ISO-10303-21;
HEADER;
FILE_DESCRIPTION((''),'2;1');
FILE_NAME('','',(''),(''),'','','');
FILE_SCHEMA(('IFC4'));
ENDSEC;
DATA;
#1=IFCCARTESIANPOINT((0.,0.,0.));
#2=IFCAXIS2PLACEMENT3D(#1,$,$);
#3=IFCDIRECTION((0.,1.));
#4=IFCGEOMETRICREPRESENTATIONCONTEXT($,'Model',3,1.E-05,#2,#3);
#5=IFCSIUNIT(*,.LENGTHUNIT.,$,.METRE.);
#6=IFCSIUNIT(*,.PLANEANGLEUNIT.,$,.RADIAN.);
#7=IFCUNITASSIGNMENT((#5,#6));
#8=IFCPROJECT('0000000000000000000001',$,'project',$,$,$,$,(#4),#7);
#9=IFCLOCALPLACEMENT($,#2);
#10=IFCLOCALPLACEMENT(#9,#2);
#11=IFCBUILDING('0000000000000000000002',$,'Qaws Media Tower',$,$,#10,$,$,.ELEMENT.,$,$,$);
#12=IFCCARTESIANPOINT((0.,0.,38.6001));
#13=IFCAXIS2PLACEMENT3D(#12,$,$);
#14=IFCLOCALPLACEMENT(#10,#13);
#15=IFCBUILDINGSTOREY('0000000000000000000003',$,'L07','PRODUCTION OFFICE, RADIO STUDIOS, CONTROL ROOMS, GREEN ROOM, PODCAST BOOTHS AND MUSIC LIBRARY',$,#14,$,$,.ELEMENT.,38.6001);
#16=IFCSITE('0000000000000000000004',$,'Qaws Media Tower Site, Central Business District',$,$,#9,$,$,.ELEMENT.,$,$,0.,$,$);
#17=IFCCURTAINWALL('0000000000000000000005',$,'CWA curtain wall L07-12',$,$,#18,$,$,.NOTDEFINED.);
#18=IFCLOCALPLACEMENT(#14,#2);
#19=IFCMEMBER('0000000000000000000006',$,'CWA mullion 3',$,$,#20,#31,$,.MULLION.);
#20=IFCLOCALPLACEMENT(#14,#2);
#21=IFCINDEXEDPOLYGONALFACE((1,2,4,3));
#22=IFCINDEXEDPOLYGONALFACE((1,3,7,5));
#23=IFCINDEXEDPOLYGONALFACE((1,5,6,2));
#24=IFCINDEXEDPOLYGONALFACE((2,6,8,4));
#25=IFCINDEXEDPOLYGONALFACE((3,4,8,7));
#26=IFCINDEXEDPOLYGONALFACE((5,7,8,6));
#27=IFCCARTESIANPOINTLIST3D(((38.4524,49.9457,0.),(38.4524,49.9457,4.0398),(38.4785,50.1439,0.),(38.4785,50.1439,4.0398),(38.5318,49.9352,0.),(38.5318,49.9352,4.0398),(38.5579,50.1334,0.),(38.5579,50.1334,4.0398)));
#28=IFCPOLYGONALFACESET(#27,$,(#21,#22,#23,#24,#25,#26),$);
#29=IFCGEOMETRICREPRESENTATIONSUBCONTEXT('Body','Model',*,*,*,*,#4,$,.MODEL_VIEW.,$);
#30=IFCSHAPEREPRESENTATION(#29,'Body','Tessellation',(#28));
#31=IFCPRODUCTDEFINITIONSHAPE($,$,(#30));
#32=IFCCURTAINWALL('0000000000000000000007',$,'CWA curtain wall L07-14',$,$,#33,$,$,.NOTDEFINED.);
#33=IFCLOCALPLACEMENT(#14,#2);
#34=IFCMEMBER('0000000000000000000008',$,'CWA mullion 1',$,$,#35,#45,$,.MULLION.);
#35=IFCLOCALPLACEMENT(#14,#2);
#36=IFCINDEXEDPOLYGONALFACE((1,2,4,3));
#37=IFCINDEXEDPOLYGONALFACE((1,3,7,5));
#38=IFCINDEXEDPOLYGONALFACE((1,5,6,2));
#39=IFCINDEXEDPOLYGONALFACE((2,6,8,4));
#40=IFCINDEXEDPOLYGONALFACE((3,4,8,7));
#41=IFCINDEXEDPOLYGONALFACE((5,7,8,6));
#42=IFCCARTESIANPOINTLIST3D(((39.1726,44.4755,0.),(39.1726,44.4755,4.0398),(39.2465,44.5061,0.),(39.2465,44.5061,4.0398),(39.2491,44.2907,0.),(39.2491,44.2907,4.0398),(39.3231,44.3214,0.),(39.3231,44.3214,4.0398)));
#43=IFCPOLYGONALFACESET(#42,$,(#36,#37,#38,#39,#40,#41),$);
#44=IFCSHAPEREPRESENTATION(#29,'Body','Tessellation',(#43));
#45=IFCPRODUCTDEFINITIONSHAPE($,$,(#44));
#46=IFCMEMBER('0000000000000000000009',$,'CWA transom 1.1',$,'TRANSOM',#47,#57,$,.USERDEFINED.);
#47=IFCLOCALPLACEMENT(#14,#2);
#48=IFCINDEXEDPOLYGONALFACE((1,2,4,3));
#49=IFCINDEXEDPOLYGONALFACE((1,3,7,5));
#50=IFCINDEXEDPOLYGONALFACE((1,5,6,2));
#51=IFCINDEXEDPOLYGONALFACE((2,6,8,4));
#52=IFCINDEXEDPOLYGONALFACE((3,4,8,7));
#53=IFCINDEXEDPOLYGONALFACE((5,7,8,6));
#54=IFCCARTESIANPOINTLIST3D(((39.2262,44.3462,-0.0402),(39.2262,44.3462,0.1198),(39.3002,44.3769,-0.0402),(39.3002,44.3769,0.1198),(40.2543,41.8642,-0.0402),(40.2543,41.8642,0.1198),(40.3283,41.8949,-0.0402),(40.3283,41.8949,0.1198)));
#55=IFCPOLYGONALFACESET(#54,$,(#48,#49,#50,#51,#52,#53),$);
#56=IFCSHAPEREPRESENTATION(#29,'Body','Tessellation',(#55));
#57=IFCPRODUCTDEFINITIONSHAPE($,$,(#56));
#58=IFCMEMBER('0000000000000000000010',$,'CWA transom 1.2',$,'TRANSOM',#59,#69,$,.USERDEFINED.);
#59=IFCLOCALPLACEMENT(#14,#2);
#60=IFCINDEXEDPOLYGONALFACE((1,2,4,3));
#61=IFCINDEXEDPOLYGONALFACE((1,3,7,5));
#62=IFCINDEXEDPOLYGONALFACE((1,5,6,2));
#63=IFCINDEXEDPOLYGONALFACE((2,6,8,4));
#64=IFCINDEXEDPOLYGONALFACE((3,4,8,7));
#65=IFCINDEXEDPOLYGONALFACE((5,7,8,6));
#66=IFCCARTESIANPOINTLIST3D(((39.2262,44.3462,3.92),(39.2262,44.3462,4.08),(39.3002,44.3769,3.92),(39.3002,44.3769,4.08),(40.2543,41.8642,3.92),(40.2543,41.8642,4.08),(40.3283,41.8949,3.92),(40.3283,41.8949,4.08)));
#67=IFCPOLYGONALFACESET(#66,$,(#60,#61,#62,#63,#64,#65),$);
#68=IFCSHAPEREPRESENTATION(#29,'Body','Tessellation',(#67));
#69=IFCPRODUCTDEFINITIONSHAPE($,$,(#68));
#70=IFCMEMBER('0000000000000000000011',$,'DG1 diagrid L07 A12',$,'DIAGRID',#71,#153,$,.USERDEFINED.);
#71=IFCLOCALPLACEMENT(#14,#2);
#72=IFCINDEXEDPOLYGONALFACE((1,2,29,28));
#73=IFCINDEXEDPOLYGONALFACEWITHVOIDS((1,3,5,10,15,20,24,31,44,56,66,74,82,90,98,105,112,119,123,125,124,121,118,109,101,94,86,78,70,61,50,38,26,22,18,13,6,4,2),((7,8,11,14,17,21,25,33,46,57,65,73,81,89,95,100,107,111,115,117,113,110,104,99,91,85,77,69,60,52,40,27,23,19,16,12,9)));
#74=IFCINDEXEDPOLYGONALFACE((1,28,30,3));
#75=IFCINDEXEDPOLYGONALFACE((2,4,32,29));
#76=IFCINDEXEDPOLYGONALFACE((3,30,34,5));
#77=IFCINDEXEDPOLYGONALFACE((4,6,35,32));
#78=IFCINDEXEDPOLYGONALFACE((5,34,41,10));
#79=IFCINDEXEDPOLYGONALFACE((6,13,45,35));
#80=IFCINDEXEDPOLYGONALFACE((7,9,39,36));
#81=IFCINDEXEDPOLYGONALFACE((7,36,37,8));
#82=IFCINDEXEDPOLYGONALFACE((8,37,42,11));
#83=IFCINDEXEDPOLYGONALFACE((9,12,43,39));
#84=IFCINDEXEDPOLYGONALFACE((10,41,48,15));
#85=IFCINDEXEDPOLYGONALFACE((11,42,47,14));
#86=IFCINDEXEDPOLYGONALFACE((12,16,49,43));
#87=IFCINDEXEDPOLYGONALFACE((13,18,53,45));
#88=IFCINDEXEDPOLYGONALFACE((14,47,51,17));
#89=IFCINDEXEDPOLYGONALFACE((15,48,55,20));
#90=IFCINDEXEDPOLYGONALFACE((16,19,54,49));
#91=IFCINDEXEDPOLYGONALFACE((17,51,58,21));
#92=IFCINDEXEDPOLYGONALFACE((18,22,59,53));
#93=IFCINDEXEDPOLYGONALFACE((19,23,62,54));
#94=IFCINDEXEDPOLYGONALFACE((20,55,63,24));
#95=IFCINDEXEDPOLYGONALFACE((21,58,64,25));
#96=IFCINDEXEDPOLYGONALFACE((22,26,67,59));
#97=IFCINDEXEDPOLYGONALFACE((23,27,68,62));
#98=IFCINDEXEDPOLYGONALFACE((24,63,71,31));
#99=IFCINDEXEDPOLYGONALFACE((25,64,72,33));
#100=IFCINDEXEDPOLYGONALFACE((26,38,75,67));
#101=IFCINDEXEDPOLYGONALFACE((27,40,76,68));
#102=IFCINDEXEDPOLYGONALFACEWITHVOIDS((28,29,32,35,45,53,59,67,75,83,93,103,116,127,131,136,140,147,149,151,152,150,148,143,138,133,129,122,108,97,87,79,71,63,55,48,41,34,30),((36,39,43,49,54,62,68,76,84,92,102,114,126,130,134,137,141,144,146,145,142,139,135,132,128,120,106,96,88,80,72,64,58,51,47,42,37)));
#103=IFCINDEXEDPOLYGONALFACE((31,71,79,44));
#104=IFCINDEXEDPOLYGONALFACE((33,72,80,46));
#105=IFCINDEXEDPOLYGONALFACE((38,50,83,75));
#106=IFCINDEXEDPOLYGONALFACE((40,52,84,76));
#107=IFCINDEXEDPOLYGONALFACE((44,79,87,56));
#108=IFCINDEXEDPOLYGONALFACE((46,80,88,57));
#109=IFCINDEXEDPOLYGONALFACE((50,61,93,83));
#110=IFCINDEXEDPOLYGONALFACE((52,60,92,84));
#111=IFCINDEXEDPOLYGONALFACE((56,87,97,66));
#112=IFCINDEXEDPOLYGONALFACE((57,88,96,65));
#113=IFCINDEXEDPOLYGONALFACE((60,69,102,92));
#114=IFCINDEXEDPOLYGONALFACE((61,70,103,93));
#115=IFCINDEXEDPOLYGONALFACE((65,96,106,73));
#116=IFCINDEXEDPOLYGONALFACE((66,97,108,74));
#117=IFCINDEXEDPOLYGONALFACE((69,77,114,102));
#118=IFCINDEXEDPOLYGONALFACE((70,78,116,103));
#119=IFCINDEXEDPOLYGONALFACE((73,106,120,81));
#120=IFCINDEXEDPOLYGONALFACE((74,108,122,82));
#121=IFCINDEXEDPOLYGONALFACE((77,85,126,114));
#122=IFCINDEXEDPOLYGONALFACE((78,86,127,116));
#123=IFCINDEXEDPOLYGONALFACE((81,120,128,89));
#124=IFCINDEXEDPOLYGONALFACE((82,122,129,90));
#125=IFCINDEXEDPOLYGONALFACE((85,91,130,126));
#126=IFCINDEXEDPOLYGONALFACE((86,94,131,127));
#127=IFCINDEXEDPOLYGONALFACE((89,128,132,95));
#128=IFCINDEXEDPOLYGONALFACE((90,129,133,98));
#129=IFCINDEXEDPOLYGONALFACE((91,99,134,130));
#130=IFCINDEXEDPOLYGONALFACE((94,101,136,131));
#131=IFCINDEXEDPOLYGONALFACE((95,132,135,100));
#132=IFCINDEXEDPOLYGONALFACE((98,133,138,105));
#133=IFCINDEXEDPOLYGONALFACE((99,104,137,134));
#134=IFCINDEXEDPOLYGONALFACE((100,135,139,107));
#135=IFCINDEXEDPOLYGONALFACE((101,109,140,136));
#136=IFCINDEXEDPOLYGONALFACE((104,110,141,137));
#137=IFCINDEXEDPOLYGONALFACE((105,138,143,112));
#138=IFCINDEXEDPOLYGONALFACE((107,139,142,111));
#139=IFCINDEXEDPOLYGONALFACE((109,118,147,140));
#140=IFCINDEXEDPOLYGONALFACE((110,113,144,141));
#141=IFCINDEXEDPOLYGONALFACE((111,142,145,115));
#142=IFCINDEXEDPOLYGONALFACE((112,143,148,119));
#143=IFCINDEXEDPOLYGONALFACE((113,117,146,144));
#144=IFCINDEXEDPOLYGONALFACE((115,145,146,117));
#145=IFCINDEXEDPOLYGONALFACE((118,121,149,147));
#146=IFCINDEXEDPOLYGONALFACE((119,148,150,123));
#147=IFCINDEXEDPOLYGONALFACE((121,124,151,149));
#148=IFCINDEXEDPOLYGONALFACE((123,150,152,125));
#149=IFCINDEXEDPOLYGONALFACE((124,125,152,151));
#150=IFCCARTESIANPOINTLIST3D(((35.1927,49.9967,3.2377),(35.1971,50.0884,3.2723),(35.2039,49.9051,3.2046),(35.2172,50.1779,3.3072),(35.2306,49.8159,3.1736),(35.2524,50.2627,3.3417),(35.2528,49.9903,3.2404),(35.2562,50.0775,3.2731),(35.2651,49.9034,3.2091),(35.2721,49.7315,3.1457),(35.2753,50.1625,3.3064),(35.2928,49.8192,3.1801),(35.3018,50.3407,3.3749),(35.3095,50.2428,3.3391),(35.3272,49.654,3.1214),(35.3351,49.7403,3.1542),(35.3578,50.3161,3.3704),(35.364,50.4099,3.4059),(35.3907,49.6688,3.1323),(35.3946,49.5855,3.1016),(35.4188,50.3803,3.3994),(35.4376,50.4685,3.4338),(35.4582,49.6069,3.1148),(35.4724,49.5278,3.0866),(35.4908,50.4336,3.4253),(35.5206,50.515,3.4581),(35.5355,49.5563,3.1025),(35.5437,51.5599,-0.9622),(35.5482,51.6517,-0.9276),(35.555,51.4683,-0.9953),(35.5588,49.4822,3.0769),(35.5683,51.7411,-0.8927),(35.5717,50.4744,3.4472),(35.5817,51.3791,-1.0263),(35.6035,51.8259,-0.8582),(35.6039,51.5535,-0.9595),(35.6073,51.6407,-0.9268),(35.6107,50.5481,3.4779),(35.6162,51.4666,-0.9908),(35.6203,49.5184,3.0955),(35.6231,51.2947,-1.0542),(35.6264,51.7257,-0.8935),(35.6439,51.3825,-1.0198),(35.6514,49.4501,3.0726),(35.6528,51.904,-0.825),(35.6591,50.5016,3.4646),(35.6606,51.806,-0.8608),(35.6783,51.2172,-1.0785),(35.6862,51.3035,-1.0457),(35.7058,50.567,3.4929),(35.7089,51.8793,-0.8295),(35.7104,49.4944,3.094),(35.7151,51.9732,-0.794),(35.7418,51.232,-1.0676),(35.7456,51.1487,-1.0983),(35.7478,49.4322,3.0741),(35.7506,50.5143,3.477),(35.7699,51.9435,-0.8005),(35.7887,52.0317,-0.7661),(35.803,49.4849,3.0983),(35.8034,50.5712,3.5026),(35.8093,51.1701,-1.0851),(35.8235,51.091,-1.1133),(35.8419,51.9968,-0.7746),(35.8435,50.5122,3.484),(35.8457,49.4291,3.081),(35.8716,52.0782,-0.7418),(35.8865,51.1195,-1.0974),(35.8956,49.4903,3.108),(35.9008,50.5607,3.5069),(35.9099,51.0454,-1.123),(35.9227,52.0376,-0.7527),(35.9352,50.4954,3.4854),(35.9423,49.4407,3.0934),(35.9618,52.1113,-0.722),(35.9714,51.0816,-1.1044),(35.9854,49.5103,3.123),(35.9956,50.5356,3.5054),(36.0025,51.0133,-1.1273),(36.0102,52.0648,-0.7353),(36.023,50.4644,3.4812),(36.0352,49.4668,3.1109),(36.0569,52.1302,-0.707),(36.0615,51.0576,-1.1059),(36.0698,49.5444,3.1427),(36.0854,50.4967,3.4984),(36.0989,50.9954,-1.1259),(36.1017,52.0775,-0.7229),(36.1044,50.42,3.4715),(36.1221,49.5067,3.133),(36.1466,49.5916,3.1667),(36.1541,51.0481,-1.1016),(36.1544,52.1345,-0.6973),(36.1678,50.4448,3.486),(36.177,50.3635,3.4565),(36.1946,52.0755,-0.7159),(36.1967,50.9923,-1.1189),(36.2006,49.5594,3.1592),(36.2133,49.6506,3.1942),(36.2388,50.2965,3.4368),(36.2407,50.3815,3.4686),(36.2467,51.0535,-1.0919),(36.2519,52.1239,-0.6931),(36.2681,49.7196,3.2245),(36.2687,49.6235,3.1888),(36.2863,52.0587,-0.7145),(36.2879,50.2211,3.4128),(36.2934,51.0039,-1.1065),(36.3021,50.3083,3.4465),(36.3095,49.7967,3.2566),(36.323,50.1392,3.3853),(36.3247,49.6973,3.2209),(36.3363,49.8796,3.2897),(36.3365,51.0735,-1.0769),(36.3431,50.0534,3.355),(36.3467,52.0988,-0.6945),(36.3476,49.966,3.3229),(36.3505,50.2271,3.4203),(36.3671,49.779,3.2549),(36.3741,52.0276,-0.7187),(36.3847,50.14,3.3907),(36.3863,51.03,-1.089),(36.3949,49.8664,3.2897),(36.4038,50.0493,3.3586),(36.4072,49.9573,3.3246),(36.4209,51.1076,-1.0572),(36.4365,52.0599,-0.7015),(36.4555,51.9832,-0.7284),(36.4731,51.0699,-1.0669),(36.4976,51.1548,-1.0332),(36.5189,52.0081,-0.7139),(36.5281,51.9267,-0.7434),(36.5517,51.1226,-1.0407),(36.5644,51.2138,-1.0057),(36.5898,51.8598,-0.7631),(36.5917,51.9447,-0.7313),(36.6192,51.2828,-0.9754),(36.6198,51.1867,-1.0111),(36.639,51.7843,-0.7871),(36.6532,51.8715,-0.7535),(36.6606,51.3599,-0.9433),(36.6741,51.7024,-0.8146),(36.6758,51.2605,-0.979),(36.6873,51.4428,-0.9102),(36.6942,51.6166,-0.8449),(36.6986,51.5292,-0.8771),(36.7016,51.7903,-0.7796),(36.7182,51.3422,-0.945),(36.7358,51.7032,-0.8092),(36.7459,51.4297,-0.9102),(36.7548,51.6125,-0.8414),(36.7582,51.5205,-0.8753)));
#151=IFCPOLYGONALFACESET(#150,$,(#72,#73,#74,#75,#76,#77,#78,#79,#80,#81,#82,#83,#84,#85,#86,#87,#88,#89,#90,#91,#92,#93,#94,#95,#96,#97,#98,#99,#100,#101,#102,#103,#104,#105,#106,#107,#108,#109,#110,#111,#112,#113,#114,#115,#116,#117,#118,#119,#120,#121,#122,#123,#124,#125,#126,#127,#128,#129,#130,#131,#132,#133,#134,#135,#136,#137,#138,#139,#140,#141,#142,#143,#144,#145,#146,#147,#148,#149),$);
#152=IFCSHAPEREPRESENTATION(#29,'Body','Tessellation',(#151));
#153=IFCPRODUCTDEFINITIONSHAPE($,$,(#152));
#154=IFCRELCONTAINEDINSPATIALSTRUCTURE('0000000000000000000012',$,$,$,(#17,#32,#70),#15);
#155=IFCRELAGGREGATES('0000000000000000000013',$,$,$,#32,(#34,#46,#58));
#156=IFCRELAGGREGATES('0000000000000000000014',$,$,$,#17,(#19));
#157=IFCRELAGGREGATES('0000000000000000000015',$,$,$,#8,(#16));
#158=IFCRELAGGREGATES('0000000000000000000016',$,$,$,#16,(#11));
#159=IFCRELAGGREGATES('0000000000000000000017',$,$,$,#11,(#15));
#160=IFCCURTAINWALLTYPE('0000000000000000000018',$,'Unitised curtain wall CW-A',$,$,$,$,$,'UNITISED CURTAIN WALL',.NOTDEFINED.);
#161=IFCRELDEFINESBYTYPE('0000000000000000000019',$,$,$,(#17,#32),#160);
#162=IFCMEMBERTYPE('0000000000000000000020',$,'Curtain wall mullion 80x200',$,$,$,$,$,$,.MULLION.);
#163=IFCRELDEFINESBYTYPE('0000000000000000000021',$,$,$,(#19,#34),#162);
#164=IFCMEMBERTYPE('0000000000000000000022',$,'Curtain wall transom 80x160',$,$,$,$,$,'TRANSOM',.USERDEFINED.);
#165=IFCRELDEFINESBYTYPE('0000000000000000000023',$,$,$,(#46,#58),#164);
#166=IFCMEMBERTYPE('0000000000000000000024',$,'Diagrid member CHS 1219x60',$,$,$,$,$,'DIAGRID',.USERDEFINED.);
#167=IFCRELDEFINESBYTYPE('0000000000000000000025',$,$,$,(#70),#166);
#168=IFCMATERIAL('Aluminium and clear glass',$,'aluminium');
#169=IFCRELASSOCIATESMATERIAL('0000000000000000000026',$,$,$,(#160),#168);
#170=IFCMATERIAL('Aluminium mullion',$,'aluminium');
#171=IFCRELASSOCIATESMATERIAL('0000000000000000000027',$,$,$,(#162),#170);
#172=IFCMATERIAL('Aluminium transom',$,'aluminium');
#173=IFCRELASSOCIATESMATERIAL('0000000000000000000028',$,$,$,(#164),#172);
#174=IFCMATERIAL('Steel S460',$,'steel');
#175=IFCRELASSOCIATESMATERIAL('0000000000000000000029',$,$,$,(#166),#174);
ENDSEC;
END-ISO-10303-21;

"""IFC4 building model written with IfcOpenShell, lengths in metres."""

from ifc_helpers import new_model, si_unit, direction, frame, origin, origin_2d, place, context, subcontext, project, spatial, rectangle, hollow_circle, extrude, material, material_profile, profile_set, type_object, element, aggregate, save


model = new_model("IFC4")

# Units and contexts
model_context = context("Model", 3, precision=1e-05, world=origin(), true_north=direction((0.0, 1.0)))
body_context = subcontext(model_context, "Body", "Model", "MODEL_VIEW")
ifc_project = project(units=[si_unit("LENGTHUNIT", "METRE"), si_unit("PLANEANGLEUNIT", "RADIAN")], contexts=[model_context])

# Site, building, storey
site_placement = place(None, origin())
site = spatial("IfcSite", under=ifc_project, at=site_placement, Name="Qaws Media Tower Site, Central Business District", CompositionType="ELEMENT", RefElevation=0.0)
building_placement = place(site_placement, origin())
building = spatial("IfcBuilding", under=site, at=building_placement, Name="Qaws Media Tower", CompositionType="ELEMENT")
storey_placement = place(building_placement, frame((0.0, 0.0, 38.6001)))
storey = spatial("IfcBuildingStorey", under=building, at=storey_placement, Name="L07", Description="PRODUCTION OFFICE, RADIO STUDIOS, CONTROL ROOMS, GREEN ROOM, PODCAST BOOTHS AND MUSIC LIBRARY", CompositionType="ELEMENT", Elevation=38.6001)

# Curtain wall, member
ifc_material_1 = material(Name="Aluminium and clear glass", Category="aluminium")
curtain_wall_type = type_object("IfcCurtainWallType", Name="Unitised curtain wall CW-A", ElementType="UNITISED CURTAIN WALL", PredefinedType="NOTDEFINED", material=ifc_material_1)
curtain_wall_1_placement = place(storey_placement, origin())
curtain_wall_1 = element("IfcCurtainWall", 1, at=curtain_wall_1_placement, inside=storey, type_object=curtain_wall_type, Name="CWA curtain wall L07-12", PredefinedType="NOTDEFINED")
ifc_material_2 = material(Name="Aluminium mullion", Category="aluminium")
ifc_material_profile_1 = material_profile(ifc_material_2, rectangle(XDim=0.0801, YDim=0.2, at=origin_2d()), Name="80x200")
ifc_profile_set_1 = profile_set([ifc_material_profile_1], Name="Aluminium mullion")
member_type_1 = type_object("IfcMemberType", Name="Curtain wall mullion 80x200", PredefinedType="MULLION", material=ifc_profile_set_1)
member_1_placement = place(storey_placement, frame((38.5051, 50.0396, 0.0), z_axis=(0.0, 0.0, 1.0), x_axis=(0.991445, -0.130526, 0.0)))
member_1 = element("IfcMember", 2, at=member_1_placement, type_object=member_type_1, Name="CWA mullion 3", PredefinedType="MULLION", context=body_context, shape_type="SweptSolid", body=[
    extrude(rectangle(XDim=0.0801, YDim=0.2, at=origin_2d()), origin(), (0.0, 0.0, 1.0), 4.0398),
])

# Curtain wall, members
curtain_wall_2_placement = place(storey_placement, origin())
curtain_wall_2 = element("IfcCurtainWall", 3, at=curtain_wall_2_placement, inside=storey, type_object=curtain_wall_type, Name="CWA curtain wall L07-14", PredefinedType="NOTDEFINED")
member_2_placement = place(storey_placement, frame((39.2478, 44.3984, 0.0), z_axis=(0.0, 0.0, 1.0), x_axis=(0.92388, 0.382683, 0.0)))
member_2 = element("IfcMember", 4, at=member_2_placement, type_object=member_type_1, Name="CWA mullion 1", PredefinedType="MULLION", context=body_context, shape_type="SweptSolid", body=[
    extrude(rectangle(XDim=0.0801, YDim=0.2, at=origin_2d()), origin(), (0.0, 0.0, 1.0), 4.0398),
])
ifc_material_3 = material(Name="Aluminium transom", Category="aluminium")
ifc_material_profile_2 = material_profile(ifc_material_3, rectangle(XDim=0.0801, YDim=0.1599, at=origin_2d()), Name="80x160")
ifc_profile_set_2 = profile_set([ifc_material_profile_2], Name="Aluminium transom")
member_type_2 = type_object("IfcMemberType", Name="Curtain wall transom 80x160", ElementType="TRANSOM", PredefinedType="USERDEFINED", material=ifc_profile_set_2)
member_3_placement = place(storey_placement, frame((39.2632, 44.3616, 0.0398), z_axis=(0.382692, -0.923876, 0.0), x_axis=(0.923876, 0.382692, 0.0)))
member_3 = element("IfcMember", 5, at=member_3_placement, type_object=member_type_2, Name="CWA transom 1.1", ObjectType="TRANSOM", PredefinedType="USERDEFINED", context=body_context, shape_type="SweptSolid", body=[
    extrude(rectangle(XDim=0.0801, YDim=0.1599, at=origin_2d()), origin(), (0.0, 0.0, 1.0), 2.6865),
])
member_4_placement = place(storey_placement, frame((39.2632, 44.3616, 4.0), z_axis=(0.382692, -0.923876, 0.0), x_axis=(0.923876, 0.382692, 0.0)))
member_4 = element("IfcMember", 6, at=member_4_placement, type_object=member_type_2, Name="CWA transom 1.2", ObjectType="TRANSOM", PredefinedType="USERDEFINED", context=body_context, shape_type="SweptSolid", body=[
    extrude(rectangle(XDim=0.0801, YDim=0.1599, at=origin_2d()), origin(), (0.0, 0.0, 1.0), 2.6865),
])
aggregate(curtain_wall_2, [member_2, member_3, member_4])

# Member
ifc_material_4 = material(Name="Steel S460", Category="steel")
ifc_material_profile_3 = material_profile(ifc_material_4, hollow_circle(Radius=0.6096, WallThickness=0.0601, at=origin_2d()), Name="CHS 1219x60")
ifc_profile_set_3 = profile_set([ifc_material_profile_3], Name="Steel S460")
member_type_3 = type_object("IfcMemberType", Name="Diagrid member CHS 1219x60", ElementType="DIAGRID", PredefinedType="USERDEFINED", material=ifc_profile_set_3)
for number, where, z_axis, x_axis, name in (
    (7, (36.1511, 51.5632, -0.9102), (-0.0781, -0.347758, 0.934326), (0.975697, -0.219124, 0.0), "DG1 diagrid L07 A12"),
):
    element("IfcMember", number, at=place(storey_placement, frame(where, z_axis=z_axis, x_axis=x_axis)), inside=storey, type_object=member_type_3, Name=name, ObjectType="DIAGRID", PredefinedType="USERDEFINED", context=body_context, shape_type="SweptSolid", body=[
        extrude(hollow_circle(Radius=0.6096, WallThickness=0.0601, at=origin_2d()), origin(), (0.0, 0.0, 1.0), 4.4951),
    ])

aggregate(curtain_wall_1, [member_1])

save(model, "model.ifc")
